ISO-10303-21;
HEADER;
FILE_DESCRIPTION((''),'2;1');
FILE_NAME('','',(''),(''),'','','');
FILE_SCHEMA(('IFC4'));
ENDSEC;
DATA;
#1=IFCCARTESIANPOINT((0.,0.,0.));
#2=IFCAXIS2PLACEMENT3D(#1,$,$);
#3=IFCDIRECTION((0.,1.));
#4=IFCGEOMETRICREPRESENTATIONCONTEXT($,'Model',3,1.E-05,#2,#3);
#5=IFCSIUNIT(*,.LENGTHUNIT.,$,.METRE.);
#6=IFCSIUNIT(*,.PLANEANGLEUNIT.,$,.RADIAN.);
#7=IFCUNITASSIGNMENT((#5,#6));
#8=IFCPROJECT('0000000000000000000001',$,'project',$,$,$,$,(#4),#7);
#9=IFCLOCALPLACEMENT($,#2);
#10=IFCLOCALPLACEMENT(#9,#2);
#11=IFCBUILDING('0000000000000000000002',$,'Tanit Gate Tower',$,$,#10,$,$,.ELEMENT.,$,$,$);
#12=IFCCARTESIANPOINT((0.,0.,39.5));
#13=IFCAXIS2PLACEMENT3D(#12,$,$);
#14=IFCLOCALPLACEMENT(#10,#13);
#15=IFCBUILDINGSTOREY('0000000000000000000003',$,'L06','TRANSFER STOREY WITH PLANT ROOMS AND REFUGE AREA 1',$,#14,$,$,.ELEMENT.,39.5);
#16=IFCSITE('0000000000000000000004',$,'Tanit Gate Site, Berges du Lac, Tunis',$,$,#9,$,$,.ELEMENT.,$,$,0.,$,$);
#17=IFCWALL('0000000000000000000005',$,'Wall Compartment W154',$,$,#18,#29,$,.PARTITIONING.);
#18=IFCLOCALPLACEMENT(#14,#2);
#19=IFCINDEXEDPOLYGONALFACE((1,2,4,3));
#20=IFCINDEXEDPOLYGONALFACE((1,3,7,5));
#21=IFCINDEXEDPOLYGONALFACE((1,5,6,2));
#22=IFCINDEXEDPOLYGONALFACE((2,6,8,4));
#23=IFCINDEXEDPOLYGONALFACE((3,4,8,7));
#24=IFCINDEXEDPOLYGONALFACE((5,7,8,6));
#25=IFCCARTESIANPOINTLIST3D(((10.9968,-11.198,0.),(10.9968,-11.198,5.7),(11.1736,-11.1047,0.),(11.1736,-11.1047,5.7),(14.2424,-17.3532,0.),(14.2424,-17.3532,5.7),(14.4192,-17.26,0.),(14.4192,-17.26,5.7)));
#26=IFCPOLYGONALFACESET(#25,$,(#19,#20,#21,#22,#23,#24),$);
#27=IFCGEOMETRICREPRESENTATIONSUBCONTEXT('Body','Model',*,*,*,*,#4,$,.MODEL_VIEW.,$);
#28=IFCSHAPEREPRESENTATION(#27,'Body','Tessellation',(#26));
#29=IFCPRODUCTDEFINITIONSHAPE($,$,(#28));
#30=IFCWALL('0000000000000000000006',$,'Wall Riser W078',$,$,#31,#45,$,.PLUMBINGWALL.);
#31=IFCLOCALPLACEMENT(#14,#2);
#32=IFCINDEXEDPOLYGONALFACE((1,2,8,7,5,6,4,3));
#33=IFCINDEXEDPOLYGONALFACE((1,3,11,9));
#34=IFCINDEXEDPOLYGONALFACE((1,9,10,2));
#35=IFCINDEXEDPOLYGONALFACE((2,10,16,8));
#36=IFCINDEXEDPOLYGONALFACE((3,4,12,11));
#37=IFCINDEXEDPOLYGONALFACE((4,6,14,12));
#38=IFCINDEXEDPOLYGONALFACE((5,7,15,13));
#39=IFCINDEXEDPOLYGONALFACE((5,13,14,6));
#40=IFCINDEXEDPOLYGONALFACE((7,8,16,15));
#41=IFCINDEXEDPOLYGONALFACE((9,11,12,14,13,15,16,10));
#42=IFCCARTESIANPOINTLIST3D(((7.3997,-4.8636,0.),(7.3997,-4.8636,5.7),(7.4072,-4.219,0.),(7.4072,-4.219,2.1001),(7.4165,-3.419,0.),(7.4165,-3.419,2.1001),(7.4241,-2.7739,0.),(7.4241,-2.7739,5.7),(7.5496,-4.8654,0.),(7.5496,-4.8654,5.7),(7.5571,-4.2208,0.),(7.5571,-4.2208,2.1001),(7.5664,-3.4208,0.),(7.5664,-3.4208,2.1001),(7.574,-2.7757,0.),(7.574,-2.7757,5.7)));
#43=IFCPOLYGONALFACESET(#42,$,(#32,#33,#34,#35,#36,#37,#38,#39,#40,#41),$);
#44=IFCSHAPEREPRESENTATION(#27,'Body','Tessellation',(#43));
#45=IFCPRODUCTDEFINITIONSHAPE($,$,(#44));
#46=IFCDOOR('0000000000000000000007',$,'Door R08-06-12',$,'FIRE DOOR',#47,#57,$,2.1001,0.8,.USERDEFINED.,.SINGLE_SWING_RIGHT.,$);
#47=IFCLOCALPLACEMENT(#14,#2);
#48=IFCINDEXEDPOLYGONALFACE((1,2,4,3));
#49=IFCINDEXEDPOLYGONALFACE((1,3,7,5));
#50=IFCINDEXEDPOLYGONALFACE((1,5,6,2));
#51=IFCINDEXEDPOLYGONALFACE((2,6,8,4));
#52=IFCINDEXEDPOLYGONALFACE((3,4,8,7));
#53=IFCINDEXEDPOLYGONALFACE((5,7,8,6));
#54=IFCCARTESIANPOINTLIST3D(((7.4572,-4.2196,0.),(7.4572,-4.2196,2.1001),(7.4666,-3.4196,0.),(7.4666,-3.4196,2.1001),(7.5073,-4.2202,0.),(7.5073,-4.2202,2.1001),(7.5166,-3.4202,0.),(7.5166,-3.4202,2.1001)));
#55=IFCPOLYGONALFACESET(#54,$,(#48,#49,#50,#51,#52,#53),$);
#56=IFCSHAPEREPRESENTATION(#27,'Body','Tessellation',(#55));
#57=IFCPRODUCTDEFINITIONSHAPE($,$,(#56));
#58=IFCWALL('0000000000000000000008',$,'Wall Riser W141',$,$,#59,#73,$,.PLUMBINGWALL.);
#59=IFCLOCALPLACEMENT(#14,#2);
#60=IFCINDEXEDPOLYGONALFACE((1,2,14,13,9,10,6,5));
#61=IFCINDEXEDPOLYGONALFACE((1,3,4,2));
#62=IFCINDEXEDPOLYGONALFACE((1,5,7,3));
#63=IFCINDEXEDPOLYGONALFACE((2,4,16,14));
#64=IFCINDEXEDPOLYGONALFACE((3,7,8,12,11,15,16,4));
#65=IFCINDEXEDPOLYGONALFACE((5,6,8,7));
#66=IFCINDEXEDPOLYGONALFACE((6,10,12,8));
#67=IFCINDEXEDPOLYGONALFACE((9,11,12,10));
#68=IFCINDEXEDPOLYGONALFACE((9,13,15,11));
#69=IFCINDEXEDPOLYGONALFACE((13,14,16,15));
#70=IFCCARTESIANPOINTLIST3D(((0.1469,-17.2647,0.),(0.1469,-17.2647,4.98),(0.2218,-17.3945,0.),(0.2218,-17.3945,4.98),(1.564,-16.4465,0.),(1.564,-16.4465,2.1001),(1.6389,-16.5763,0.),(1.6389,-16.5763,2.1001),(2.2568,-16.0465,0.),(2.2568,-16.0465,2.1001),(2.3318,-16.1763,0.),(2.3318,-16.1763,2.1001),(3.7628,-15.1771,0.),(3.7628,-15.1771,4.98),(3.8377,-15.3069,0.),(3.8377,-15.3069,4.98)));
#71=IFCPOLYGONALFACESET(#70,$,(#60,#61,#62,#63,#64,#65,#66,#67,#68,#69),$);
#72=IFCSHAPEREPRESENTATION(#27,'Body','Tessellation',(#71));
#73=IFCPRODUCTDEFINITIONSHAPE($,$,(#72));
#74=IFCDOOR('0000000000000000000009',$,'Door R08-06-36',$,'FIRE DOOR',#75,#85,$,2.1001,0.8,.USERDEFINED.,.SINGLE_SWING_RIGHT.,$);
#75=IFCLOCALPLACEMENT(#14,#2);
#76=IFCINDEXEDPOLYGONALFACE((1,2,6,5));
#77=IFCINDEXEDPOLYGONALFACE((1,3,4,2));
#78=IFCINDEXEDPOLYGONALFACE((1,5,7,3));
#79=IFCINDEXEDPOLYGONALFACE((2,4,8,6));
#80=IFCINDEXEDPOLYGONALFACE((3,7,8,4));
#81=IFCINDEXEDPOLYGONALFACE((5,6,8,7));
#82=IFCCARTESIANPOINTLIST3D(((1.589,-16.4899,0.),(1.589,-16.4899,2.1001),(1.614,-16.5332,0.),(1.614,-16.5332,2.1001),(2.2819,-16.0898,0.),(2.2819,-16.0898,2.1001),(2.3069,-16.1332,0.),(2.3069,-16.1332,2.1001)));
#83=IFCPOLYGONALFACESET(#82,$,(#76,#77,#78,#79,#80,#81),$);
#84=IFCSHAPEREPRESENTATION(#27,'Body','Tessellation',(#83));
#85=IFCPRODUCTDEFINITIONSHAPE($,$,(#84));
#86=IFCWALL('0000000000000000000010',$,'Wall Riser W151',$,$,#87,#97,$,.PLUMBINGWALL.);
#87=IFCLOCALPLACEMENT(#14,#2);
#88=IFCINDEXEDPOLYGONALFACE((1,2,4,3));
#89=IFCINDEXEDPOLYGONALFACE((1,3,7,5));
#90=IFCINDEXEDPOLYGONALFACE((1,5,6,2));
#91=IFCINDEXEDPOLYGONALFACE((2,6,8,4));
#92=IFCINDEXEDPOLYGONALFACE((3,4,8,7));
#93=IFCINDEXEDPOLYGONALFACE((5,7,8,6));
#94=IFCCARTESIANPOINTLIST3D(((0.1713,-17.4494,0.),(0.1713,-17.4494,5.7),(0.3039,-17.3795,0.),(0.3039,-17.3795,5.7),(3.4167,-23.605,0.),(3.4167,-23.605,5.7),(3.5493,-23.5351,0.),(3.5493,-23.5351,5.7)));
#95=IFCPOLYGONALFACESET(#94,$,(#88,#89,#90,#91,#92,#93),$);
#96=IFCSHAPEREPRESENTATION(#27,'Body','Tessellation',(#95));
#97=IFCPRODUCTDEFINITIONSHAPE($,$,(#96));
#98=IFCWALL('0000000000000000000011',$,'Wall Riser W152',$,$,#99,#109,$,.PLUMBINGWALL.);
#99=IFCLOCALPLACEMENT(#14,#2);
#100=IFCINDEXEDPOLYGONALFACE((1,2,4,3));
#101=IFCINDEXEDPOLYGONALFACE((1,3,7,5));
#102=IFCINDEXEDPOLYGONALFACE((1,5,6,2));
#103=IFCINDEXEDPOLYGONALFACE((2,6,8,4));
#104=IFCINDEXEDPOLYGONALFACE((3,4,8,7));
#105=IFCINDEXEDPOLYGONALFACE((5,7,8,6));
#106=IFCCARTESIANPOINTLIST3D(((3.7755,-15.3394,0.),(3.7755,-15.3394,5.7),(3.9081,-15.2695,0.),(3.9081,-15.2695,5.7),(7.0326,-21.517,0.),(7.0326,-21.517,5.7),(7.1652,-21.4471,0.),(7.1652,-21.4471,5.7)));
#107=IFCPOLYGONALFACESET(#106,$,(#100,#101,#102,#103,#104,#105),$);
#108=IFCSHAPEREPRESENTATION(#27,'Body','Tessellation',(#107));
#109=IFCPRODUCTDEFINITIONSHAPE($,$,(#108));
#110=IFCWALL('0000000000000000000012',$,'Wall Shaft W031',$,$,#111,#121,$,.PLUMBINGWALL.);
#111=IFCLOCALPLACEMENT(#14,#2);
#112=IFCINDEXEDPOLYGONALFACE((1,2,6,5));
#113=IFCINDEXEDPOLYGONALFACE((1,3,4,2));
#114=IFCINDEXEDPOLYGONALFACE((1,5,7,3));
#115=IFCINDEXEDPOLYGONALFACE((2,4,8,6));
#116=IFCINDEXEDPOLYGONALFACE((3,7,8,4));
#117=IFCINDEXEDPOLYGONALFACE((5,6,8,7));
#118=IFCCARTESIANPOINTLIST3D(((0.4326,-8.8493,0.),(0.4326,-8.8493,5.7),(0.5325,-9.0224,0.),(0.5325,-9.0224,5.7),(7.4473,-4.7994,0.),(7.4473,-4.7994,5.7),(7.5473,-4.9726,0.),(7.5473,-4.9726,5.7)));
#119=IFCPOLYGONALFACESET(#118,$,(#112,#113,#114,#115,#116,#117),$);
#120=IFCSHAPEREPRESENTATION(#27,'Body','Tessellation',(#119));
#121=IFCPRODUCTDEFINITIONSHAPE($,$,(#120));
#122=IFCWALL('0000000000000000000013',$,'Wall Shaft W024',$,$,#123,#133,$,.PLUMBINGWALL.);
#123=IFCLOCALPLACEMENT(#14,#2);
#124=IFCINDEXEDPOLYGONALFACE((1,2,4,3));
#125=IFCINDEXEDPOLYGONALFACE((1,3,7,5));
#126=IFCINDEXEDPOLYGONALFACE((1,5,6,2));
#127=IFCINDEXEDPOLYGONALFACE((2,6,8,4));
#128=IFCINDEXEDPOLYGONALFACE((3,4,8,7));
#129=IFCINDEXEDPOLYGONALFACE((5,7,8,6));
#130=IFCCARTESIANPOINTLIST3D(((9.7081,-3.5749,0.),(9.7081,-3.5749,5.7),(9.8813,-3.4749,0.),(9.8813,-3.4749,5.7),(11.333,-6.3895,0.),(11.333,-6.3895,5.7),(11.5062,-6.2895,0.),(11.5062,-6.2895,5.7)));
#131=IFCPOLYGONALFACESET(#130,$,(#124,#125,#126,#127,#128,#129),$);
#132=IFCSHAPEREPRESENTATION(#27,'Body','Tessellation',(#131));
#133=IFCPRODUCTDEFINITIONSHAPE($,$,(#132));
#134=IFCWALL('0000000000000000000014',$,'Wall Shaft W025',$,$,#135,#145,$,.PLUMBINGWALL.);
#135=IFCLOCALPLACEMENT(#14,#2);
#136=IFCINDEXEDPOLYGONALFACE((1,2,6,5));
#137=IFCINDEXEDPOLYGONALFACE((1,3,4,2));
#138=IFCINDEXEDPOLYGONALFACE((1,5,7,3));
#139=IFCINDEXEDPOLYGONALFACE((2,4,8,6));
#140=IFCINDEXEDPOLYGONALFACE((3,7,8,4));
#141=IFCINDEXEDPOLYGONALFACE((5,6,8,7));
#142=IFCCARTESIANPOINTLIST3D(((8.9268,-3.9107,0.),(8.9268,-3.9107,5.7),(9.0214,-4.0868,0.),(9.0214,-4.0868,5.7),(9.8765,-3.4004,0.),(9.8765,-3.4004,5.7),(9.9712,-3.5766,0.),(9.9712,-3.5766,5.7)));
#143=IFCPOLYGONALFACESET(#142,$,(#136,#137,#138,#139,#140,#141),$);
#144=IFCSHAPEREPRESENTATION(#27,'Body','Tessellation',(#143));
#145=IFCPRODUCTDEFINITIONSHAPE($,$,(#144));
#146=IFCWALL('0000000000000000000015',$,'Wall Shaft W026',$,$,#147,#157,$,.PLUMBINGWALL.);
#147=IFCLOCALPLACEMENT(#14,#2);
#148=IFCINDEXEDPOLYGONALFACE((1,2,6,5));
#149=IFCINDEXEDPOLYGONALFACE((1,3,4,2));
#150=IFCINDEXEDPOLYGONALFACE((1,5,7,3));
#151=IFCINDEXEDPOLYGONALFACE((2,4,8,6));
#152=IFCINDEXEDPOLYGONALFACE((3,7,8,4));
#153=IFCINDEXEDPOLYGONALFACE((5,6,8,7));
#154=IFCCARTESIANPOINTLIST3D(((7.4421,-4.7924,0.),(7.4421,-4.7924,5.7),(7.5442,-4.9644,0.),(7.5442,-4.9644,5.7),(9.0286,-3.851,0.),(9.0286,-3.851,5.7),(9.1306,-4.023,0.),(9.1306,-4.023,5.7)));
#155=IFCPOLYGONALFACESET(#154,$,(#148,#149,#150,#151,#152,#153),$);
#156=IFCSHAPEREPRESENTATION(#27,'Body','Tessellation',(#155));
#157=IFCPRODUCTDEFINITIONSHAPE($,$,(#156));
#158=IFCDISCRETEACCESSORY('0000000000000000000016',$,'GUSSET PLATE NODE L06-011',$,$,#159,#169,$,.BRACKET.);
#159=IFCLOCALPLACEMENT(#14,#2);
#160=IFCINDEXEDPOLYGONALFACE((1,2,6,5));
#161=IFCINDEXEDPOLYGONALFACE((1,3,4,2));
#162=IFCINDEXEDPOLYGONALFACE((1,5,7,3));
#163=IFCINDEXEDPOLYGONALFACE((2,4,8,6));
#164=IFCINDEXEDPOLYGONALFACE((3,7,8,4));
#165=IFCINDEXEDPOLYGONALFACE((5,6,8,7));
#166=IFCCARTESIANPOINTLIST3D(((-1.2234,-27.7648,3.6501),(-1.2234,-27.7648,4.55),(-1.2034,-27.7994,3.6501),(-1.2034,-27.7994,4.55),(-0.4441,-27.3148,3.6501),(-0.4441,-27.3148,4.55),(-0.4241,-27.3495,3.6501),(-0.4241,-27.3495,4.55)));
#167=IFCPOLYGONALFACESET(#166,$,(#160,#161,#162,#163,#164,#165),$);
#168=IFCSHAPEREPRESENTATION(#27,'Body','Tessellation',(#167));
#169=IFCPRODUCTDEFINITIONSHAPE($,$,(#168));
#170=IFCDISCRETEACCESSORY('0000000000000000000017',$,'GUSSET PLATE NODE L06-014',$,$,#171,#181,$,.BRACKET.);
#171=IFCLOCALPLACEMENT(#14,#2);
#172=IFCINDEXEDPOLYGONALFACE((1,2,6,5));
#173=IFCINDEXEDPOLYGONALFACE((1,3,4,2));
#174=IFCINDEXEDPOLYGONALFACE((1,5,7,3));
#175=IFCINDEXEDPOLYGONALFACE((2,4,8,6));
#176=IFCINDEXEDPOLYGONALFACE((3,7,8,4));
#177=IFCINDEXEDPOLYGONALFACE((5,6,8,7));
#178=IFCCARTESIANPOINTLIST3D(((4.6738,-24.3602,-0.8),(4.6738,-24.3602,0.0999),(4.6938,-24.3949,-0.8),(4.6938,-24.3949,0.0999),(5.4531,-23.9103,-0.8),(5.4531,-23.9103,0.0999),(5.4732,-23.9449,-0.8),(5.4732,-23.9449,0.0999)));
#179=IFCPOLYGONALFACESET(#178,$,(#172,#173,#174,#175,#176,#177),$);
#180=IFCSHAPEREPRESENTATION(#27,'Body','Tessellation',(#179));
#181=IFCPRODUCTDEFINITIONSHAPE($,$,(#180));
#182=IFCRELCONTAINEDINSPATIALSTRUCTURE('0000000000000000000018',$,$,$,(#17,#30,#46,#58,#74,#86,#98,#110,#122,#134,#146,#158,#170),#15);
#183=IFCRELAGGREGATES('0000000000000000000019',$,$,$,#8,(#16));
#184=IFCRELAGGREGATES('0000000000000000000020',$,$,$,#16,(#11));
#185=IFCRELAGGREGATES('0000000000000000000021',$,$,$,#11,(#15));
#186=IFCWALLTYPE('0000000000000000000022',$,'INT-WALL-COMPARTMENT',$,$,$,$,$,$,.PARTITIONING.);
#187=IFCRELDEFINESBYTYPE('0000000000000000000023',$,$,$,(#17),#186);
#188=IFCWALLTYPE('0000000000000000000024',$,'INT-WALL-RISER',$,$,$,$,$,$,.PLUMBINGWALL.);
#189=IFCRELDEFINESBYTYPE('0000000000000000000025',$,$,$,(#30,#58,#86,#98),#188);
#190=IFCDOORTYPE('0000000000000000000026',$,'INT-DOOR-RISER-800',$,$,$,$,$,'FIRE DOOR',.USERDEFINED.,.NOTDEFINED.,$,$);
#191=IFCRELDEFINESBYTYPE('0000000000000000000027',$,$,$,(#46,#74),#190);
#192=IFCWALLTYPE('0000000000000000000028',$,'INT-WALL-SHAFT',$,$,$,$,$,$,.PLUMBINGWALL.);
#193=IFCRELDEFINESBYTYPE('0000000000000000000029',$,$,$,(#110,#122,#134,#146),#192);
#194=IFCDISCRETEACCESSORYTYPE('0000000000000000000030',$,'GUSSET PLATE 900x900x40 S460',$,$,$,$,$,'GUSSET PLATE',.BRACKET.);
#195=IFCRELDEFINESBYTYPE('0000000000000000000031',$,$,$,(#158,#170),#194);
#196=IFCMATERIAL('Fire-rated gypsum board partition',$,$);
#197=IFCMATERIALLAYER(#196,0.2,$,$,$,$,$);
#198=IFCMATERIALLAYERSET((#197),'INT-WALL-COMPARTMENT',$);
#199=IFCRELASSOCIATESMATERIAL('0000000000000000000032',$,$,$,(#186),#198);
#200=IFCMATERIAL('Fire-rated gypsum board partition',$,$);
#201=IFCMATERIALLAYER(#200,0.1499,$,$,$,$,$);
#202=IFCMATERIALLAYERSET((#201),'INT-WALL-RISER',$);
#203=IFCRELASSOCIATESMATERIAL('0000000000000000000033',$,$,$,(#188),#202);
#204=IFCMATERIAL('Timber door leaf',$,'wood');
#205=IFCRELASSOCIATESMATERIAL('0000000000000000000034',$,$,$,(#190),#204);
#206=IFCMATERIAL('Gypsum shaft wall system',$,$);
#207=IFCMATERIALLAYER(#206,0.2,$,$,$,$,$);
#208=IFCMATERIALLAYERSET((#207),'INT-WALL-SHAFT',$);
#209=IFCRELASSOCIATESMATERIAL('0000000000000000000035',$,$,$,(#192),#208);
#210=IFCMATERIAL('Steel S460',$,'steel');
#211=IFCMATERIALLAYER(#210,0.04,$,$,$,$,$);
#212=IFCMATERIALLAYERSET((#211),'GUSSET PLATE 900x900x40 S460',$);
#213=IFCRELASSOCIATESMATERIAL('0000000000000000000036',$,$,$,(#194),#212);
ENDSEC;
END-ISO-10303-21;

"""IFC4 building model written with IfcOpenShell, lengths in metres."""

from ifc_helpers import new_model, si_unit, direction, frame, frame_2d, origin, origin_2d, place, context, subcontext, project, spatial, rectangle, extrude, material, layer, layer_set, type_object, element, fill, save


model = new_model("IFC4")

# Units and contexts
model_context = context("Model", 3, precision=1e-05, world=origin(), true_north=direction((0.0, 1.0)))
body_context = subcontext(model_context, "Body", "Model", "MODEL_VIEW")
ifc_project = project(units=[si_unit("LENGTHUNIT", "METRE"), si_unit("PLANEANGLEUNIT", "RADIAN")], contexts=[model_context])

# Site, building, storey
site_placement = place(None, origin())
site = spatial("IfcSite", under=ifc_project, at=site_placement, Name="Tanit Gate Site, Berges du Lac, Tunis", CompositionType="ELEMENT", RefElevation=0.0)
building_placement = place(site_placement, origin())
building = spatial("IfcBuilding", under=site, at=building_placement, Name="Tanit Gate Tower", CompositionType="ELEMENT")
storey_placement = place(building_placement, frame((0.0, 0.0, 39.5)))
storey = spatial("IfcBuildingStorey", under=building, at=storey_placement, Name="L06", Description="TRANSFER STOREY WITH PLANT ROOMS AND REFUGE AREA 1", CompositionType="ELEMENT", Elevation=39.5)

# Shared definitions
ifc_material_1 = material(Name="Fire-rated gypsum board partition")
ifc_layer_1 = layer(ifc_material_1, 0.2)
ifc_layer_set_1 = layer_set([ifc_layer_1], Name="INT-WALL-COMPARTMENT")
wall_type_1 = type_object("IfcWallType", Name="INT-WALL-COMPARTMENT", PredefinedType="PARTITIONING", material=ifc_layer_set_1)

# Wall
wall_1_placement = place(storey_placement, frame((11.0852, -11.1514, 0.0), z_axis=(0.0, 0.0, 1.0), x_axis=(0.46642, -0.884563, 0.0)))
element("IfcWall", 1, at=wall_1_placement, inside=storey, type_object=wall_type_1, Name="Wall Compartment W154", PredefinedType="PARTITIONING", context=body_context, shape_type="SweptSolid", body=[
    extrude(rectangle(XDim=6.9585, YDim=0.2, at=frame_2d((3.4792, 0.0))), origin(), (0.0, 0.0, 1.0), 5.7),
])

# Walls, openings, doors
ifc_material_2 = material(Name="Fire-rated gypsum board partition")
ifc_layer_2 = layer(ifc_material_2, 0.1499)
ifc_layer_set_2 = layer_set([ifc_layer_2], Name="INT-WALL-RISER")
wall_type_2 = type_object("IfcWallType", Name="INT-WALL-RISER", PredefinedType="PLUMBINGWALL", material=ifc_layer_set_2)
wall_2_placement = place(storey_placement, frame((7.4746, -4.8645, 0.0), z_axis=(0.0, 0.0, 1.0), x_axis=(0.011683, 0.999932, 0.0)))
wall_2 = element("IfcWall", 2, at=wall_2_placement, inside=storey, type_object=wall_type_2, Name="Wall Riser W078", PredefinedType="PLUMBINGWALL", context=body_context, shape_type="SweptSolid", body=[
    extrude(rectangle(XDim=2.0898, YDim=0.1499, at=frame_2d((1.0449, 0.0))), origin(), (0.0, 0.0, 1.0), 5.7),
])
opening_1_placement = place(wall_2_placement, frame((0.6448, 0.0, 0.0)))
opening_1 = element("IfcOpeningElement", 3, at=opening_1_placement, cuts=wall_2, PredefinedType="OPENING", context=body_context, shape_type="SweptSolid", body=[
    extrude(rectangle(XDim=0.8, YDim=2.1001, at=frame_2d((0.3999, 1.05))), frame((0.0, 0.085, 0.0), z_axis=(0.0, -1.0, 0.0), x_axis=(1.0, 0.0, 0.0)), (0.0, 0.0, 1.0), 0.1699),
])
ifc_material_3 = material(Name="Timber door leaf", Category="wood")
door_type_1 = type_object("IfcDoorType", Name="INT-DOOR-RISER-800", ElementType="FIRE DOOR", OperationType="NOTDEFINED", PredefinedType="USERDEFINED", material=ifc_material_3)
door_1_placement = place(opening_1_placement, origin())
door_1 = element("IfcDoor", 4, at=door_1_placement, inside=storey, type_object=door_type_1, Name="Door R08-06-12", ObjectType="FIRE DOOR", OperationType="SINGLE_SWING_RIGHT", OverallHeight=2.1001, OverallWidth=0.8, PredefinedType="USERDEFINED", context=body_context, shape_type="SweptSolid", body=[
    extrude(rectangle(XDim=0.8, YDim=2.1001, at=frame_2d((0.3999, 1.05))), frame((0.0, 0.0249, 0.0), z_axis=(0.0, -1.0, 0.0), x_axis=(1.0, 0.0, 0.0)), (0.0, 0.0, 1.0), 0.05),
])
fill(opening_1, door_1)
wall_3_placement = place(storey_placement, frame((0.1843, -17.3296, 0.0), z_axis=(0.0, 0.0, 1.0), x_axis=(0.866029, 0.499994, 0.0)))
wall_3 = element("IfcWall", 5, at=wall_3_placement, inside=storey, type_object=wall_type_2, Name="Wall Riser W141", PredefinedType="PLUMBINGWALL", context=body_context, shape_type="SweptSolid", body=[
    extrude(rectangle(XDim=4.1753, YDim=0.1499, at=frame_2d((2.0876, 0.0))), origin(), (0.0, 0.0, 1.0), 4.98),
])
opening_2_placement = place(wall_3_placement, frame((1.6365, 0.0, 0.0)))
opening_2 = element("IfcOpeningElement", 6, at=opening_2_placement, cuts=wall_3, PredefinedType="OPENING", context=body_context, shape_type="SweptSolid", body=[
    extrude(rectangle(XDim=0.8, YDim=2.1001, at=frame_2d((0.3999, 1.05))), frame((0.0, 0.085, 0.0), z_axis=(0.0, -1.0, 0.0), x_axis=(1.0, 0.0, 0.0)), (0.0, 0.0, 1.0), 0.1699),
])
door_2_placement = place(opening_2_placement, origin())
door_2 = element("IfcDoor", 7, at=door_2_placement, inside=storey, type_object=door_type_1, Name="Door R08-06-36", ObjectType="FIRE DOOR", OperationType="SINGLE_SWING_RIGHT", OverallHeight=2.1001, OverallWidth=0.8, PredefinedType="USERDEFINED", context=body_context, shape_type="SweptSolid", body=[
    extrude(rectangle(XDim=0.8, YDim=2.1001, at=frame_2d((0.3999, 1.05))), frame((0.0, 0.0249, 0.0), z_axis=(0.0, -1.0, 0.0), x_axis=(1.0, 0.0, 0.0)), (0.0, 0.0, 1.0), 0.05),
])
fill(opening_2, door_2)

# Walls
wall_4_placement = place(storey_placement, frame((0.2375, -17.4143, 0.0), z_axis=(0.0, 0.0, 1.0), x_axis=(0.466378, -0.884585, 0.0)))
element("IfcWall", 8, at=wall_4_placement, inside=storey, type_object=wall_type_2, Name="Wall Riser W151", PredefinedType="PLUMBINGWALL", context=body_context, shape_type="SweptSolid", body=[
    extrude(rectangle(XDim=6.9587, YDim=0.1499, at=frame_2d((3.4795, 0.0))), origin(), (0.0, 0.0, 1.0), 5.7),
])
wall_5_placement = place(storey_placement, frame((7.0989, -21.4819, 0.0), z_axis=(0.0, 0.0, 1.0), x_axis=(-0.466393, 0.884577, 0.0)))
element("IfcWall", 9, at=wall_5_placement, inside=storey, type_object=wall_type_2, Name="Wall Riser W152", PredefinedType="PLUMBINGWALL", context=body_context, shape_type="SweptSolid", body=[
    extrude(rectangle(XDim=6.9836, YDim=0.1499, at=frame_2d((3.4917, 0.0))), origin(), (0.0, 0.0, 1.0), 5.7),
])
ifc_material_4 = material(Name="Gypsum shaft wall system")
ifc_layer_3 = layer(ifc_material_4, 0.2)
ifc_layer_set_3 = layer_set([ifc_layer_3], Name="INT-WALL-SHAFT")
wall_type_3 = type_object("IfcWallType", Name="INT-WALL-SHAFT", PredefinedType="PLUMBINGWALL", material=ifc_layer_set_3)
wall_6_placement = place(storey_placement, frame((0.4827, -8.9358, 0.0), z_axis=(0.0, 0.0, 1.0), x_axis=(0.866031, 0.49999, 0.0)))
element("IfcWall", 10, at=wall_6_placement, inside=storey, type_object=wall_type_3, Name="Wall Shaft W031", PredefinedType="PLUMBINGWALL", context=body_context, shape_type="SweptSolid", body=[
    extrude(rectangle(XDim=8.0999, YDim=0.2, at=frame_2d((4.0498, 0.0))), origin(), (0.0, 0.0, 1.0), 5.7),
])
wall_7_placement = place(storey_placement, frame((9.7947, -3.5249, 0.0), z_axis=(0.0, 0.0, 1.0), x_axis=(0.499985, -0.866034, 0.0)))
element("IfcWall", 11, at=wall_7_placement, inside=storey, type_object=wall_type_3, Name="Wall Shaft W024", PredefinedType="PLUMBINGWALL", context=body_context, shape_type="SweptSolid", body=[
    extrude(rectangle(XDim=3.25, YDim=0.2, at=frame_2d((1.625, 0.0))), origin(), (0.0, 0.0, 1.0), 5.7),
])
wall_8_placement = place(storey_placement, frame((8.9741, -3.9988, 0.0), z_axis=(0.0, 0.0, 1.0), x_axis=(0.880907, 0.473289, 0.0)))
element("IfcWall", 12, at=wall_8_placement, inside=storey, type_object=wall_type_3, Name="Wall Shaft W025", PredefinedType="PLUMBINGWALL", context=body_context, shape_type="SweptSolid", body=[
    extrude(rectangle(XDim=1.0781, YDim=0.2, at=frame_2d((0.5391, 0.0))), origin(), (0.0, 0.0, 1.0), 5.7),
])
wall_9_placement = place(storey_placement, frame((7.4932, -4.8784, 0.0), z_axis=(0.0, 0.0, 1.0), x_axis=(0.859982, 0.510325, 0.0)))
element("IfcWall", 13, at=wall_9_placement, inside=storey, type_object=wall_type_3, Name="Wall Shaft W026", PredefinedType="PLUMBINGWALL", context=body_context, shape_type="SweptSolid", body=[
    extrude(rectangle(XDim=1.8447, YDim=0.2, at=frame_2d((0.9224, 0.0))), origin(), (0.0, 0.0, 1.0), 5.7),
])

# Discrete accessories
ifc_material_5 = material(Name="Steel S460", Category="steel")
ifc_layer_4 = layer(ifc_material_5, 0.04)
ifc_layer_set_4 = layer_set([ifc_layer_4], Name="GUSSET PLATE 900x900x40 S460")
discrete_accessory_type = type_object("IfcDiscreteAccessoryType", Name="GUSSET PLATE 900x900x40 S460", ElementType="GUSSET PLATE", PredefinedType="BRACKET", material=ifc_layer_set_4)
for number, where, z_axis, x_axis, name in (
    (14, (-0.8237, -27.5571, 3.6501), (0.0, 0.0, 1.0), (0.866025, 0.5, 0.0), "GUSSET PLATE NODE L06-011"),
    (15, (5.0735, -24.1526, -0.8), (0.0, 0.0, 1.0), (-0.866025, -0.5, 0.0), "GUSSET PLATE NODE L06-014"),
):
    element("IfcDiscreteAccessory", number, at=place(storey_placement, frame(where, z_axis=z_axis, x_axis=x_axis)), inside=storey, type_object=discrete_accessory_type, Name=name, PredefinedType="BRACKET", context=body_context, shape_type="SweptSolid", body=[
        extrude(rectangle(XDim=0.8999, YDim=0.04, at=origin_2d()), origin(), (0.0, 0.0, 1.0), 0.8999),
    ])

save(model, "model.ifc")
